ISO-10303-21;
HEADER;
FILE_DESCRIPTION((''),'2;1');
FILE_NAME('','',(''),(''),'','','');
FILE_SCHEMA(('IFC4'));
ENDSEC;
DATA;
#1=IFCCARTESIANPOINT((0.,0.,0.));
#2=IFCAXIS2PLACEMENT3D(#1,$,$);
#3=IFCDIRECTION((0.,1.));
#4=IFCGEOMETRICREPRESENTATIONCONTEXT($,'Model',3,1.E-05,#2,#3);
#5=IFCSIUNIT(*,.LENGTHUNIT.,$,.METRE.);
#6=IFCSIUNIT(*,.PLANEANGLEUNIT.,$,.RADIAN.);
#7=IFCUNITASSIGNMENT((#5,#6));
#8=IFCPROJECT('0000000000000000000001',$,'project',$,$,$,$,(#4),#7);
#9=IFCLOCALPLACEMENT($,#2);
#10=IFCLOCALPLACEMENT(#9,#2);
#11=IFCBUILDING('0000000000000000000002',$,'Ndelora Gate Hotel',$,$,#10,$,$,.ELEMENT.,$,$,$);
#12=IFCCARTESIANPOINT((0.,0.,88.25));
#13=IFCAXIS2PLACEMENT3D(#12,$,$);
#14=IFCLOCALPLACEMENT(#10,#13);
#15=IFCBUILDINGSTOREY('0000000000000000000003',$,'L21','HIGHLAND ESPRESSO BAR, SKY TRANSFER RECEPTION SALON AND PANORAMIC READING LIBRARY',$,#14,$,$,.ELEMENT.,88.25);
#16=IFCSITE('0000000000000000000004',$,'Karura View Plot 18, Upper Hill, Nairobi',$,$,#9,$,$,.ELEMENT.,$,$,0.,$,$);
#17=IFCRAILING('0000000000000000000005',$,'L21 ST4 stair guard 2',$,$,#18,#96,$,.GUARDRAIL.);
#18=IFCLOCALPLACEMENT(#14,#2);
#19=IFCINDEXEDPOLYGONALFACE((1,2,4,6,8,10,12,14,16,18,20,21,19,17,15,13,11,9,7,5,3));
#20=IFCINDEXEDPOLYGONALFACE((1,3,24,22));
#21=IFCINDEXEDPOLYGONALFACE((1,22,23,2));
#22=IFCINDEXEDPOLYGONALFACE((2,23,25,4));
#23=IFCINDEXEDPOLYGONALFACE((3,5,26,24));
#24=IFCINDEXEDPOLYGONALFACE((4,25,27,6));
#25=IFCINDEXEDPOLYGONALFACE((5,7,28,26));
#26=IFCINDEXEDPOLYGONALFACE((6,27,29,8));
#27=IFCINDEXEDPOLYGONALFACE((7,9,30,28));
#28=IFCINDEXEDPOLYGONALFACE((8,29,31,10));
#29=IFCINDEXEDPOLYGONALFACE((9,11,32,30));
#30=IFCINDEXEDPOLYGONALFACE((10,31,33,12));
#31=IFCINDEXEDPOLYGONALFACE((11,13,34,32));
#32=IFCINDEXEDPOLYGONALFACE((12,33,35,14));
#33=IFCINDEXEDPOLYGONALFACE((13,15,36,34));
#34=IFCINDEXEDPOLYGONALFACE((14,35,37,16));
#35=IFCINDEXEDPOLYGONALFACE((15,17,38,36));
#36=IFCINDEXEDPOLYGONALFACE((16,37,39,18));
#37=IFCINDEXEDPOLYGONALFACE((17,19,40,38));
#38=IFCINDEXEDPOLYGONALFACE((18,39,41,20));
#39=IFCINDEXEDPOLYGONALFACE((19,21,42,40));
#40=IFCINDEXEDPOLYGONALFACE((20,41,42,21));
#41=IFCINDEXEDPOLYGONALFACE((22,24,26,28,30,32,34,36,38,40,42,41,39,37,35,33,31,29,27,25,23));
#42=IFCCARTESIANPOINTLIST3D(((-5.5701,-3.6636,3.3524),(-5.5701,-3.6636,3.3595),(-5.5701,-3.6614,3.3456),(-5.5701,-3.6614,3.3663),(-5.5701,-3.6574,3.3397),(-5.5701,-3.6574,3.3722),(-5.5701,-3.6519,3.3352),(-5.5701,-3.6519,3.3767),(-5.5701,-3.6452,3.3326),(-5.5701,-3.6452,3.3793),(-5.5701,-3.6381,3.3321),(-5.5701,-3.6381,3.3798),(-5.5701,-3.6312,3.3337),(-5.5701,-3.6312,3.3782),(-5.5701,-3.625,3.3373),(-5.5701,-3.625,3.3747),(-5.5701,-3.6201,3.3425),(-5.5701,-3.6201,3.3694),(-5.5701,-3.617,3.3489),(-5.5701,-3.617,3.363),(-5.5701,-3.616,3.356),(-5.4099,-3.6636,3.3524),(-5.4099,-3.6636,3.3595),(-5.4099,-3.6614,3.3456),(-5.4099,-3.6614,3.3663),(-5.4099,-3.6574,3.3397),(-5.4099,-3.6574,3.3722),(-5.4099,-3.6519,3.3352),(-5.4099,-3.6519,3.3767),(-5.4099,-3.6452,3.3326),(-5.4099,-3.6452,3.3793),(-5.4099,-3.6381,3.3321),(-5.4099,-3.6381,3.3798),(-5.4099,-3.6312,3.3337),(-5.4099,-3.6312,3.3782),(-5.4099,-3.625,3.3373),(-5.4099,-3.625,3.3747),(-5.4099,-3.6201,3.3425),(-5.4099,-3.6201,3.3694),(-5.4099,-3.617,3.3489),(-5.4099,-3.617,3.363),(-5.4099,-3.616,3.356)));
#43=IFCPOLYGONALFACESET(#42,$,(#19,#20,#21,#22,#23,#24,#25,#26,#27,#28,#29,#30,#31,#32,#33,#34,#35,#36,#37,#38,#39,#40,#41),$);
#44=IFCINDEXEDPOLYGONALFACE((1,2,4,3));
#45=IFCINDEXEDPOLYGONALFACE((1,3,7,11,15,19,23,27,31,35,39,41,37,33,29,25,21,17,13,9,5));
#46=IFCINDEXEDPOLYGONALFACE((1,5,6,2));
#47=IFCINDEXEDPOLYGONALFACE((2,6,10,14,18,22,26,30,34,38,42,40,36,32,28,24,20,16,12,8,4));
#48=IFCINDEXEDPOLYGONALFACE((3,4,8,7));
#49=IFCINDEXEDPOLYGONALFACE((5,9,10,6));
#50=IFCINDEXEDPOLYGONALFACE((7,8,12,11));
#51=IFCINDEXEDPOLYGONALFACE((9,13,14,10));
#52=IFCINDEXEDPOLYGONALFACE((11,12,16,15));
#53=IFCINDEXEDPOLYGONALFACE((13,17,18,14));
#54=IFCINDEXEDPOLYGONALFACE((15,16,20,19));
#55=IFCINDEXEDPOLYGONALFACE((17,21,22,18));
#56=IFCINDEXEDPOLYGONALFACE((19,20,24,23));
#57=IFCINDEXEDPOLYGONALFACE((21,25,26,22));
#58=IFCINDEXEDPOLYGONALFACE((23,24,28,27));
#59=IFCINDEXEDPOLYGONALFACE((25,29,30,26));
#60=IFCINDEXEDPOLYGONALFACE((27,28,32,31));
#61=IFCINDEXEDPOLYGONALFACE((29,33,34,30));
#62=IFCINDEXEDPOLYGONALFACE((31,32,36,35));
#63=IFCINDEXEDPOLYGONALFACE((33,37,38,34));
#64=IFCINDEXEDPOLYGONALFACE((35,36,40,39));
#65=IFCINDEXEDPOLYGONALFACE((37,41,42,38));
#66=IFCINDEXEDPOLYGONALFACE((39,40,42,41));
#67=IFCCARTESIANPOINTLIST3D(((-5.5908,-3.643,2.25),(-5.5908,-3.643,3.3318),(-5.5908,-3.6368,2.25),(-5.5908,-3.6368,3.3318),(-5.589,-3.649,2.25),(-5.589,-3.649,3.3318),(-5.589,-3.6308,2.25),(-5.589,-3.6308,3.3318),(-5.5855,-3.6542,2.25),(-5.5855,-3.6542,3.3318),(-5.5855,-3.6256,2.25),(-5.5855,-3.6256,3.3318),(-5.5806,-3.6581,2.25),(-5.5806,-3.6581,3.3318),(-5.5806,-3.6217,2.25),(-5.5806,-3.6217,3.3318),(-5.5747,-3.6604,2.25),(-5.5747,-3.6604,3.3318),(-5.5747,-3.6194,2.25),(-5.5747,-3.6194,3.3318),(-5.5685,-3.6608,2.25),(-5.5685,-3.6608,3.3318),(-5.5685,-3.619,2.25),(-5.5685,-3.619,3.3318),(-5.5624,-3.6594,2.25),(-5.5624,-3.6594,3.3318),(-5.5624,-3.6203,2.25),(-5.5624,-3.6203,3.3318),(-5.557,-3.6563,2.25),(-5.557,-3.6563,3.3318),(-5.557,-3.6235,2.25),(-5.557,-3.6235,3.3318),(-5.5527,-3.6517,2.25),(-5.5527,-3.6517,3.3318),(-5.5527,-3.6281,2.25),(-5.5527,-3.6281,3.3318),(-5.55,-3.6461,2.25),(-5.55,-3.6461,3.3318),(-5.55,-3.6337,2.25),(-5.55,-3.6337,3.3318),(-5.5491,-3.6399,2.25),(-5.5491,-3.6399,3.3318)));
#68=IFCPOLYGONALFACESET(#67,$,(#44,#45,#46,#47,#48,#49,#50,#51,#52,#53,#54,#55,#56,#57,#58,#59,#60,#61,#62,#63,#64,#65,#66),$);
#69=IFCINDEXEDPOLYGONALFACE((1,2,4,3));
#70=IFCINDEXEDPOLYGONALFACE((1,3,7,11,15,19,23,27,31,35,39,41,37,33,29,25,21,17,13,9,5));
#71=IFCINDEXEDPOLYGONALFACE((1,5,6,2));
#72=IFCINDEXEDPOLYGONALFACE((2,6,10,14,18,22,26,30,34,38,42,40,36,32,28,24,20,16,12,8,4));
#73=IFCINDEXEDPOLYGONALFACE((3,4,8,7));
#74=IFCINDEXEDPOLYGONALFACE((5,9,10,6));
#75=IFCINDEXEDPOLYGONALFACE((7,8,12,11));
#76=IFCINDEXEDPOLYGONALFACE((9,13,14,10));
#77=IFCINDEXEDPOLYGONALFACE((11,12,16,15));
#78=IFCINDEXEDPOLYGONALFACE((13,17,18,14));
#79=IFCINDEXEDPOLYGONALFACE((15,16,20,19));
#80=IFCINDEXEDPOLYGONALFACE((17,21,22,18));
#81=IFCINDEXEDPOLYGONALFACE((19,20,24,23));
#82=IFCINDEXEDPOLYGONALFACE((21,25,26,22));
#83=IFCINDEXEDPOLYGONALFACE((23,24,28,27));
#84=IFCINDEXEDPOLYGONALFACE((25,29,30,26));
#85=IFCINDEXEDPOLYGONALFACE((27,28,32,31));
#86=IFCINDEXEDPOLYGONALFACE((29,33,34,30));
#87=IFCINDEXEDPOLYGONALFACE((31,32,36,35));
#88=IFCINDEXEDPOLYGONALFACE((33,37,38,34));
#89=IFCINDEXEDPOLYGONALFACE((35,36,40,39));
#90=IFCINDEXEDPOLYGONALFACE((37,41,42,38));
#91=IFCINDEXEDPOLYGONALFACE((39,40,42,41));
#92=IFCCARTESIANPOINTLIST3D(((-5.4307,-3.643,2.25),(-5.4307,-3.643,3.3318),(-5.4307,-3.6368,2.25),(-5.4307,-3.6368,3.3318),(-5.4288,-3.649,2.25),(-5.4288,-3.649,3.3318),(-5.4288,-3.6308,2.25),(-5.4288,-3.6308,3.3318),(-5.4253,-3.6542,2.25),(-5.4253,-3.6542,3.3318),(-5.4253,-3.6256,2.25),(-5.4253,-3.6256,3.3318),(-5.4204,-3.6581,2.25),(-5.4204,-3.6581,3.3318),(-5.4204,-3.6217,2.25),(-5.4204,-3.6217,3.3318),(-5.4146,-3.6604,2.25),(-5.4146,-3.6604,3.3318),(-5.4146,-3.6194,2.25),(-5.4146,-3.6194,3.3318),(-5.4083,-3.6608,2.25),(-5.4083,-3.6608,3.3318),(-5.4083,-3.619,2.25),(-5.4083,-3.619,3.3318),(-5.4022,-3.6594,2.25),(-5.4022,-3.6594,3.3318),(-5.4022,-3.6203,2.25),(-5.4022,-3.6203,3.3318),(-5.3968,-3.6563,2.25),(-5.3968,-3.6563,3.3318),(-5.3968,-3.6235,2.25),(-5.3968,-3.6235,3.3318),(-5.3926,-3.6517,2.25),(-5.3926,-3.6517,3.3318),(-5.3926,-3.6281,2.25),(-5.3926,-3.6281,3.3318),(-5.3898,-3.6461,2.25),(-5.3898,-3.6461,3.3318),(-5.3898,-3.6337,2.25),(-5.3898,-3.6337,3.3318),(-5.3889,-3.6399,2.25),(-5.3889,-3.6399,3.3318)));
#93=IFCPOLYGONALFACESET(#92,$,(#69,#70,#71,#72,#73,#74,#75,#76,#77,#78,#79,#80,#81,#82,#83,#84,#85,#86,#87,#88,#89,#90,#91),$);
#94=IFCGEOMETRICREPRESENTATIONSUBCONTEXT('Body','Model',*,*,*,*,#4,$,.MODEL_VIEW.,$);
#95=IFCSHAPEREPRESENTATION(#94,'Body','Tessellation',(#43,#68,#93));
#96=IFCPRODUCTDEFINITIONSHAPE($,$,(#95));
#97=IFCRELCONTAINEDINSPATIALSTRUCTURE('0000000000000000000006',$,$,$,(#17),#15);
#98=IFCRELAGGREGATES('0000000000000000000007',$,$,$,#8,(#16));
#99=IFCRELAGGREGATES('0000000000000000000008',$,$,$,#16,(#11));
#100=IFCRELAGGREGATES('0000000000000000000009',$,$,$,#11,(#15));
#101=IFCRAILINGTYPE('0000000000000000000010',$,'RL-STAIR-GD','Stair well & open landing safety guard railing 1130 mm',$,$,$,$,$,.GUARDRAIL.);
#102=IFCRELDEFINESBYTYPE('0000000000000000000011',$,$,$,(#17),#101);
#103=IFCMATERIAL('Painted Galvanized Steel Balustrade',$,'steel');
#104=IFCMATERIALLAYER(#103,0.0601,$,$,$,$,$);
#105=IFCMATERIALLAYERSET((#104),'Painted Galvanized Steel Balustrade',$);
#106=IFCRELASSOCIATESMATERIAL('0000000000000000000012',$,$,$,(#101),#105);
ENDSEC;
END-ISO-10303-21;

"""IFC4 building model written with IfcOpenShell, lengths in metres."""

from ifc_helpers import new_model, si_unit, direction, frame, origin, origin_2d, place, context, subcontext, project, spatial, circle, extrude, material, layer, layer_set, type_object, element, save


model = new_model("IFC4")

# Units and contexts
model_context = context("Model", 3, precision=1e-05, world=origin(), true_north=direction((0.0, 1.0)))
body_context = subcontext(model_context, "Body", "Model", "MODEL_VIEW")
ifc_project = project(units=[si_unit("LENGTHUNIT", "METRE"), si_unit("PLANEANGLEUNIT", "RADIAN")], contexts=[model_context])

# Site, building, storey
site_placement = place(None, origin())
site = spatial("IfcSite", under=ifc_project, at=site_placement, Name="Karura View Plot 18, Upper Hill, Nairobi", CompositionType="ELEMENT", RefElevation=0.0)
building_placement = place(site_placement, origin())
building = spatial("IfcBuilding", under=site, at=building_placement, Name="Ndelora Gate Hotel", CompositionType="ELEMENT")
storey_placement = place(building_placement, frame((0.0, 0.0, 88.25)))
storey = spatial("IfcBuildingStorey", under=building, at=storey_placement, Name="L21", Description="HIGHLAND ESPRESSO BAR, SKY TRANSFER RECEPTION SALON AND PANORAMIC READING LIBRARY", CompositionType="ELEMENT", Elevation=88.25)

# Railing
ifc_material_1 = material(Name="Painted Galvanized Steel Balustrade", Category="steel")
ifc_layer_1 = layer(ifc_material_1, 0.0601)
ifc_layer_set_1 = layer_set([ifc_layer_1], Name="Painted Galvanized Steel Balustrade")
railing_type_1 = type_object("IfcRailingType", Name="RL-STAIR-GD", Description="Stair well & open landing safety guard railing 1130 mm", PredefinedType="GUARDRAIL", material=ifc_layer_set_1)
railing_1_placement = place(storey_placement, frame((-5.5701, -3.6399, 2.25)))
element("IfcRailing", 1, at=railing_1_placement, inside=storey, type_object=railing_type_1, Name="L21 ST4 stair guard 2", PredefinedType="GUARDRAIL", context=body_context, shape_type="SweptSolid", body=[
    extrude(circle(Radius=0.0239, at=origin_2d()), frame((0.0, 0.0, 1.106), z_axis=(1.0, 0.0, 0.0), x_axis=(0.0, 1.0, 0.0)), (0.0, 0.0, 1.0), 0.1602),
    extrude(circle(Radius=0.021, at=origin_2d()), origin(), (0.0, 0.0, 1.0), 1.0818),
    extrude(circle(Radius=0.021, at=origin_2d()), frame((0.1602, 0.0, 0.0)), (0.0, 0.0, 1.0), 1.0818),
])

save(model, "model.ifc")
